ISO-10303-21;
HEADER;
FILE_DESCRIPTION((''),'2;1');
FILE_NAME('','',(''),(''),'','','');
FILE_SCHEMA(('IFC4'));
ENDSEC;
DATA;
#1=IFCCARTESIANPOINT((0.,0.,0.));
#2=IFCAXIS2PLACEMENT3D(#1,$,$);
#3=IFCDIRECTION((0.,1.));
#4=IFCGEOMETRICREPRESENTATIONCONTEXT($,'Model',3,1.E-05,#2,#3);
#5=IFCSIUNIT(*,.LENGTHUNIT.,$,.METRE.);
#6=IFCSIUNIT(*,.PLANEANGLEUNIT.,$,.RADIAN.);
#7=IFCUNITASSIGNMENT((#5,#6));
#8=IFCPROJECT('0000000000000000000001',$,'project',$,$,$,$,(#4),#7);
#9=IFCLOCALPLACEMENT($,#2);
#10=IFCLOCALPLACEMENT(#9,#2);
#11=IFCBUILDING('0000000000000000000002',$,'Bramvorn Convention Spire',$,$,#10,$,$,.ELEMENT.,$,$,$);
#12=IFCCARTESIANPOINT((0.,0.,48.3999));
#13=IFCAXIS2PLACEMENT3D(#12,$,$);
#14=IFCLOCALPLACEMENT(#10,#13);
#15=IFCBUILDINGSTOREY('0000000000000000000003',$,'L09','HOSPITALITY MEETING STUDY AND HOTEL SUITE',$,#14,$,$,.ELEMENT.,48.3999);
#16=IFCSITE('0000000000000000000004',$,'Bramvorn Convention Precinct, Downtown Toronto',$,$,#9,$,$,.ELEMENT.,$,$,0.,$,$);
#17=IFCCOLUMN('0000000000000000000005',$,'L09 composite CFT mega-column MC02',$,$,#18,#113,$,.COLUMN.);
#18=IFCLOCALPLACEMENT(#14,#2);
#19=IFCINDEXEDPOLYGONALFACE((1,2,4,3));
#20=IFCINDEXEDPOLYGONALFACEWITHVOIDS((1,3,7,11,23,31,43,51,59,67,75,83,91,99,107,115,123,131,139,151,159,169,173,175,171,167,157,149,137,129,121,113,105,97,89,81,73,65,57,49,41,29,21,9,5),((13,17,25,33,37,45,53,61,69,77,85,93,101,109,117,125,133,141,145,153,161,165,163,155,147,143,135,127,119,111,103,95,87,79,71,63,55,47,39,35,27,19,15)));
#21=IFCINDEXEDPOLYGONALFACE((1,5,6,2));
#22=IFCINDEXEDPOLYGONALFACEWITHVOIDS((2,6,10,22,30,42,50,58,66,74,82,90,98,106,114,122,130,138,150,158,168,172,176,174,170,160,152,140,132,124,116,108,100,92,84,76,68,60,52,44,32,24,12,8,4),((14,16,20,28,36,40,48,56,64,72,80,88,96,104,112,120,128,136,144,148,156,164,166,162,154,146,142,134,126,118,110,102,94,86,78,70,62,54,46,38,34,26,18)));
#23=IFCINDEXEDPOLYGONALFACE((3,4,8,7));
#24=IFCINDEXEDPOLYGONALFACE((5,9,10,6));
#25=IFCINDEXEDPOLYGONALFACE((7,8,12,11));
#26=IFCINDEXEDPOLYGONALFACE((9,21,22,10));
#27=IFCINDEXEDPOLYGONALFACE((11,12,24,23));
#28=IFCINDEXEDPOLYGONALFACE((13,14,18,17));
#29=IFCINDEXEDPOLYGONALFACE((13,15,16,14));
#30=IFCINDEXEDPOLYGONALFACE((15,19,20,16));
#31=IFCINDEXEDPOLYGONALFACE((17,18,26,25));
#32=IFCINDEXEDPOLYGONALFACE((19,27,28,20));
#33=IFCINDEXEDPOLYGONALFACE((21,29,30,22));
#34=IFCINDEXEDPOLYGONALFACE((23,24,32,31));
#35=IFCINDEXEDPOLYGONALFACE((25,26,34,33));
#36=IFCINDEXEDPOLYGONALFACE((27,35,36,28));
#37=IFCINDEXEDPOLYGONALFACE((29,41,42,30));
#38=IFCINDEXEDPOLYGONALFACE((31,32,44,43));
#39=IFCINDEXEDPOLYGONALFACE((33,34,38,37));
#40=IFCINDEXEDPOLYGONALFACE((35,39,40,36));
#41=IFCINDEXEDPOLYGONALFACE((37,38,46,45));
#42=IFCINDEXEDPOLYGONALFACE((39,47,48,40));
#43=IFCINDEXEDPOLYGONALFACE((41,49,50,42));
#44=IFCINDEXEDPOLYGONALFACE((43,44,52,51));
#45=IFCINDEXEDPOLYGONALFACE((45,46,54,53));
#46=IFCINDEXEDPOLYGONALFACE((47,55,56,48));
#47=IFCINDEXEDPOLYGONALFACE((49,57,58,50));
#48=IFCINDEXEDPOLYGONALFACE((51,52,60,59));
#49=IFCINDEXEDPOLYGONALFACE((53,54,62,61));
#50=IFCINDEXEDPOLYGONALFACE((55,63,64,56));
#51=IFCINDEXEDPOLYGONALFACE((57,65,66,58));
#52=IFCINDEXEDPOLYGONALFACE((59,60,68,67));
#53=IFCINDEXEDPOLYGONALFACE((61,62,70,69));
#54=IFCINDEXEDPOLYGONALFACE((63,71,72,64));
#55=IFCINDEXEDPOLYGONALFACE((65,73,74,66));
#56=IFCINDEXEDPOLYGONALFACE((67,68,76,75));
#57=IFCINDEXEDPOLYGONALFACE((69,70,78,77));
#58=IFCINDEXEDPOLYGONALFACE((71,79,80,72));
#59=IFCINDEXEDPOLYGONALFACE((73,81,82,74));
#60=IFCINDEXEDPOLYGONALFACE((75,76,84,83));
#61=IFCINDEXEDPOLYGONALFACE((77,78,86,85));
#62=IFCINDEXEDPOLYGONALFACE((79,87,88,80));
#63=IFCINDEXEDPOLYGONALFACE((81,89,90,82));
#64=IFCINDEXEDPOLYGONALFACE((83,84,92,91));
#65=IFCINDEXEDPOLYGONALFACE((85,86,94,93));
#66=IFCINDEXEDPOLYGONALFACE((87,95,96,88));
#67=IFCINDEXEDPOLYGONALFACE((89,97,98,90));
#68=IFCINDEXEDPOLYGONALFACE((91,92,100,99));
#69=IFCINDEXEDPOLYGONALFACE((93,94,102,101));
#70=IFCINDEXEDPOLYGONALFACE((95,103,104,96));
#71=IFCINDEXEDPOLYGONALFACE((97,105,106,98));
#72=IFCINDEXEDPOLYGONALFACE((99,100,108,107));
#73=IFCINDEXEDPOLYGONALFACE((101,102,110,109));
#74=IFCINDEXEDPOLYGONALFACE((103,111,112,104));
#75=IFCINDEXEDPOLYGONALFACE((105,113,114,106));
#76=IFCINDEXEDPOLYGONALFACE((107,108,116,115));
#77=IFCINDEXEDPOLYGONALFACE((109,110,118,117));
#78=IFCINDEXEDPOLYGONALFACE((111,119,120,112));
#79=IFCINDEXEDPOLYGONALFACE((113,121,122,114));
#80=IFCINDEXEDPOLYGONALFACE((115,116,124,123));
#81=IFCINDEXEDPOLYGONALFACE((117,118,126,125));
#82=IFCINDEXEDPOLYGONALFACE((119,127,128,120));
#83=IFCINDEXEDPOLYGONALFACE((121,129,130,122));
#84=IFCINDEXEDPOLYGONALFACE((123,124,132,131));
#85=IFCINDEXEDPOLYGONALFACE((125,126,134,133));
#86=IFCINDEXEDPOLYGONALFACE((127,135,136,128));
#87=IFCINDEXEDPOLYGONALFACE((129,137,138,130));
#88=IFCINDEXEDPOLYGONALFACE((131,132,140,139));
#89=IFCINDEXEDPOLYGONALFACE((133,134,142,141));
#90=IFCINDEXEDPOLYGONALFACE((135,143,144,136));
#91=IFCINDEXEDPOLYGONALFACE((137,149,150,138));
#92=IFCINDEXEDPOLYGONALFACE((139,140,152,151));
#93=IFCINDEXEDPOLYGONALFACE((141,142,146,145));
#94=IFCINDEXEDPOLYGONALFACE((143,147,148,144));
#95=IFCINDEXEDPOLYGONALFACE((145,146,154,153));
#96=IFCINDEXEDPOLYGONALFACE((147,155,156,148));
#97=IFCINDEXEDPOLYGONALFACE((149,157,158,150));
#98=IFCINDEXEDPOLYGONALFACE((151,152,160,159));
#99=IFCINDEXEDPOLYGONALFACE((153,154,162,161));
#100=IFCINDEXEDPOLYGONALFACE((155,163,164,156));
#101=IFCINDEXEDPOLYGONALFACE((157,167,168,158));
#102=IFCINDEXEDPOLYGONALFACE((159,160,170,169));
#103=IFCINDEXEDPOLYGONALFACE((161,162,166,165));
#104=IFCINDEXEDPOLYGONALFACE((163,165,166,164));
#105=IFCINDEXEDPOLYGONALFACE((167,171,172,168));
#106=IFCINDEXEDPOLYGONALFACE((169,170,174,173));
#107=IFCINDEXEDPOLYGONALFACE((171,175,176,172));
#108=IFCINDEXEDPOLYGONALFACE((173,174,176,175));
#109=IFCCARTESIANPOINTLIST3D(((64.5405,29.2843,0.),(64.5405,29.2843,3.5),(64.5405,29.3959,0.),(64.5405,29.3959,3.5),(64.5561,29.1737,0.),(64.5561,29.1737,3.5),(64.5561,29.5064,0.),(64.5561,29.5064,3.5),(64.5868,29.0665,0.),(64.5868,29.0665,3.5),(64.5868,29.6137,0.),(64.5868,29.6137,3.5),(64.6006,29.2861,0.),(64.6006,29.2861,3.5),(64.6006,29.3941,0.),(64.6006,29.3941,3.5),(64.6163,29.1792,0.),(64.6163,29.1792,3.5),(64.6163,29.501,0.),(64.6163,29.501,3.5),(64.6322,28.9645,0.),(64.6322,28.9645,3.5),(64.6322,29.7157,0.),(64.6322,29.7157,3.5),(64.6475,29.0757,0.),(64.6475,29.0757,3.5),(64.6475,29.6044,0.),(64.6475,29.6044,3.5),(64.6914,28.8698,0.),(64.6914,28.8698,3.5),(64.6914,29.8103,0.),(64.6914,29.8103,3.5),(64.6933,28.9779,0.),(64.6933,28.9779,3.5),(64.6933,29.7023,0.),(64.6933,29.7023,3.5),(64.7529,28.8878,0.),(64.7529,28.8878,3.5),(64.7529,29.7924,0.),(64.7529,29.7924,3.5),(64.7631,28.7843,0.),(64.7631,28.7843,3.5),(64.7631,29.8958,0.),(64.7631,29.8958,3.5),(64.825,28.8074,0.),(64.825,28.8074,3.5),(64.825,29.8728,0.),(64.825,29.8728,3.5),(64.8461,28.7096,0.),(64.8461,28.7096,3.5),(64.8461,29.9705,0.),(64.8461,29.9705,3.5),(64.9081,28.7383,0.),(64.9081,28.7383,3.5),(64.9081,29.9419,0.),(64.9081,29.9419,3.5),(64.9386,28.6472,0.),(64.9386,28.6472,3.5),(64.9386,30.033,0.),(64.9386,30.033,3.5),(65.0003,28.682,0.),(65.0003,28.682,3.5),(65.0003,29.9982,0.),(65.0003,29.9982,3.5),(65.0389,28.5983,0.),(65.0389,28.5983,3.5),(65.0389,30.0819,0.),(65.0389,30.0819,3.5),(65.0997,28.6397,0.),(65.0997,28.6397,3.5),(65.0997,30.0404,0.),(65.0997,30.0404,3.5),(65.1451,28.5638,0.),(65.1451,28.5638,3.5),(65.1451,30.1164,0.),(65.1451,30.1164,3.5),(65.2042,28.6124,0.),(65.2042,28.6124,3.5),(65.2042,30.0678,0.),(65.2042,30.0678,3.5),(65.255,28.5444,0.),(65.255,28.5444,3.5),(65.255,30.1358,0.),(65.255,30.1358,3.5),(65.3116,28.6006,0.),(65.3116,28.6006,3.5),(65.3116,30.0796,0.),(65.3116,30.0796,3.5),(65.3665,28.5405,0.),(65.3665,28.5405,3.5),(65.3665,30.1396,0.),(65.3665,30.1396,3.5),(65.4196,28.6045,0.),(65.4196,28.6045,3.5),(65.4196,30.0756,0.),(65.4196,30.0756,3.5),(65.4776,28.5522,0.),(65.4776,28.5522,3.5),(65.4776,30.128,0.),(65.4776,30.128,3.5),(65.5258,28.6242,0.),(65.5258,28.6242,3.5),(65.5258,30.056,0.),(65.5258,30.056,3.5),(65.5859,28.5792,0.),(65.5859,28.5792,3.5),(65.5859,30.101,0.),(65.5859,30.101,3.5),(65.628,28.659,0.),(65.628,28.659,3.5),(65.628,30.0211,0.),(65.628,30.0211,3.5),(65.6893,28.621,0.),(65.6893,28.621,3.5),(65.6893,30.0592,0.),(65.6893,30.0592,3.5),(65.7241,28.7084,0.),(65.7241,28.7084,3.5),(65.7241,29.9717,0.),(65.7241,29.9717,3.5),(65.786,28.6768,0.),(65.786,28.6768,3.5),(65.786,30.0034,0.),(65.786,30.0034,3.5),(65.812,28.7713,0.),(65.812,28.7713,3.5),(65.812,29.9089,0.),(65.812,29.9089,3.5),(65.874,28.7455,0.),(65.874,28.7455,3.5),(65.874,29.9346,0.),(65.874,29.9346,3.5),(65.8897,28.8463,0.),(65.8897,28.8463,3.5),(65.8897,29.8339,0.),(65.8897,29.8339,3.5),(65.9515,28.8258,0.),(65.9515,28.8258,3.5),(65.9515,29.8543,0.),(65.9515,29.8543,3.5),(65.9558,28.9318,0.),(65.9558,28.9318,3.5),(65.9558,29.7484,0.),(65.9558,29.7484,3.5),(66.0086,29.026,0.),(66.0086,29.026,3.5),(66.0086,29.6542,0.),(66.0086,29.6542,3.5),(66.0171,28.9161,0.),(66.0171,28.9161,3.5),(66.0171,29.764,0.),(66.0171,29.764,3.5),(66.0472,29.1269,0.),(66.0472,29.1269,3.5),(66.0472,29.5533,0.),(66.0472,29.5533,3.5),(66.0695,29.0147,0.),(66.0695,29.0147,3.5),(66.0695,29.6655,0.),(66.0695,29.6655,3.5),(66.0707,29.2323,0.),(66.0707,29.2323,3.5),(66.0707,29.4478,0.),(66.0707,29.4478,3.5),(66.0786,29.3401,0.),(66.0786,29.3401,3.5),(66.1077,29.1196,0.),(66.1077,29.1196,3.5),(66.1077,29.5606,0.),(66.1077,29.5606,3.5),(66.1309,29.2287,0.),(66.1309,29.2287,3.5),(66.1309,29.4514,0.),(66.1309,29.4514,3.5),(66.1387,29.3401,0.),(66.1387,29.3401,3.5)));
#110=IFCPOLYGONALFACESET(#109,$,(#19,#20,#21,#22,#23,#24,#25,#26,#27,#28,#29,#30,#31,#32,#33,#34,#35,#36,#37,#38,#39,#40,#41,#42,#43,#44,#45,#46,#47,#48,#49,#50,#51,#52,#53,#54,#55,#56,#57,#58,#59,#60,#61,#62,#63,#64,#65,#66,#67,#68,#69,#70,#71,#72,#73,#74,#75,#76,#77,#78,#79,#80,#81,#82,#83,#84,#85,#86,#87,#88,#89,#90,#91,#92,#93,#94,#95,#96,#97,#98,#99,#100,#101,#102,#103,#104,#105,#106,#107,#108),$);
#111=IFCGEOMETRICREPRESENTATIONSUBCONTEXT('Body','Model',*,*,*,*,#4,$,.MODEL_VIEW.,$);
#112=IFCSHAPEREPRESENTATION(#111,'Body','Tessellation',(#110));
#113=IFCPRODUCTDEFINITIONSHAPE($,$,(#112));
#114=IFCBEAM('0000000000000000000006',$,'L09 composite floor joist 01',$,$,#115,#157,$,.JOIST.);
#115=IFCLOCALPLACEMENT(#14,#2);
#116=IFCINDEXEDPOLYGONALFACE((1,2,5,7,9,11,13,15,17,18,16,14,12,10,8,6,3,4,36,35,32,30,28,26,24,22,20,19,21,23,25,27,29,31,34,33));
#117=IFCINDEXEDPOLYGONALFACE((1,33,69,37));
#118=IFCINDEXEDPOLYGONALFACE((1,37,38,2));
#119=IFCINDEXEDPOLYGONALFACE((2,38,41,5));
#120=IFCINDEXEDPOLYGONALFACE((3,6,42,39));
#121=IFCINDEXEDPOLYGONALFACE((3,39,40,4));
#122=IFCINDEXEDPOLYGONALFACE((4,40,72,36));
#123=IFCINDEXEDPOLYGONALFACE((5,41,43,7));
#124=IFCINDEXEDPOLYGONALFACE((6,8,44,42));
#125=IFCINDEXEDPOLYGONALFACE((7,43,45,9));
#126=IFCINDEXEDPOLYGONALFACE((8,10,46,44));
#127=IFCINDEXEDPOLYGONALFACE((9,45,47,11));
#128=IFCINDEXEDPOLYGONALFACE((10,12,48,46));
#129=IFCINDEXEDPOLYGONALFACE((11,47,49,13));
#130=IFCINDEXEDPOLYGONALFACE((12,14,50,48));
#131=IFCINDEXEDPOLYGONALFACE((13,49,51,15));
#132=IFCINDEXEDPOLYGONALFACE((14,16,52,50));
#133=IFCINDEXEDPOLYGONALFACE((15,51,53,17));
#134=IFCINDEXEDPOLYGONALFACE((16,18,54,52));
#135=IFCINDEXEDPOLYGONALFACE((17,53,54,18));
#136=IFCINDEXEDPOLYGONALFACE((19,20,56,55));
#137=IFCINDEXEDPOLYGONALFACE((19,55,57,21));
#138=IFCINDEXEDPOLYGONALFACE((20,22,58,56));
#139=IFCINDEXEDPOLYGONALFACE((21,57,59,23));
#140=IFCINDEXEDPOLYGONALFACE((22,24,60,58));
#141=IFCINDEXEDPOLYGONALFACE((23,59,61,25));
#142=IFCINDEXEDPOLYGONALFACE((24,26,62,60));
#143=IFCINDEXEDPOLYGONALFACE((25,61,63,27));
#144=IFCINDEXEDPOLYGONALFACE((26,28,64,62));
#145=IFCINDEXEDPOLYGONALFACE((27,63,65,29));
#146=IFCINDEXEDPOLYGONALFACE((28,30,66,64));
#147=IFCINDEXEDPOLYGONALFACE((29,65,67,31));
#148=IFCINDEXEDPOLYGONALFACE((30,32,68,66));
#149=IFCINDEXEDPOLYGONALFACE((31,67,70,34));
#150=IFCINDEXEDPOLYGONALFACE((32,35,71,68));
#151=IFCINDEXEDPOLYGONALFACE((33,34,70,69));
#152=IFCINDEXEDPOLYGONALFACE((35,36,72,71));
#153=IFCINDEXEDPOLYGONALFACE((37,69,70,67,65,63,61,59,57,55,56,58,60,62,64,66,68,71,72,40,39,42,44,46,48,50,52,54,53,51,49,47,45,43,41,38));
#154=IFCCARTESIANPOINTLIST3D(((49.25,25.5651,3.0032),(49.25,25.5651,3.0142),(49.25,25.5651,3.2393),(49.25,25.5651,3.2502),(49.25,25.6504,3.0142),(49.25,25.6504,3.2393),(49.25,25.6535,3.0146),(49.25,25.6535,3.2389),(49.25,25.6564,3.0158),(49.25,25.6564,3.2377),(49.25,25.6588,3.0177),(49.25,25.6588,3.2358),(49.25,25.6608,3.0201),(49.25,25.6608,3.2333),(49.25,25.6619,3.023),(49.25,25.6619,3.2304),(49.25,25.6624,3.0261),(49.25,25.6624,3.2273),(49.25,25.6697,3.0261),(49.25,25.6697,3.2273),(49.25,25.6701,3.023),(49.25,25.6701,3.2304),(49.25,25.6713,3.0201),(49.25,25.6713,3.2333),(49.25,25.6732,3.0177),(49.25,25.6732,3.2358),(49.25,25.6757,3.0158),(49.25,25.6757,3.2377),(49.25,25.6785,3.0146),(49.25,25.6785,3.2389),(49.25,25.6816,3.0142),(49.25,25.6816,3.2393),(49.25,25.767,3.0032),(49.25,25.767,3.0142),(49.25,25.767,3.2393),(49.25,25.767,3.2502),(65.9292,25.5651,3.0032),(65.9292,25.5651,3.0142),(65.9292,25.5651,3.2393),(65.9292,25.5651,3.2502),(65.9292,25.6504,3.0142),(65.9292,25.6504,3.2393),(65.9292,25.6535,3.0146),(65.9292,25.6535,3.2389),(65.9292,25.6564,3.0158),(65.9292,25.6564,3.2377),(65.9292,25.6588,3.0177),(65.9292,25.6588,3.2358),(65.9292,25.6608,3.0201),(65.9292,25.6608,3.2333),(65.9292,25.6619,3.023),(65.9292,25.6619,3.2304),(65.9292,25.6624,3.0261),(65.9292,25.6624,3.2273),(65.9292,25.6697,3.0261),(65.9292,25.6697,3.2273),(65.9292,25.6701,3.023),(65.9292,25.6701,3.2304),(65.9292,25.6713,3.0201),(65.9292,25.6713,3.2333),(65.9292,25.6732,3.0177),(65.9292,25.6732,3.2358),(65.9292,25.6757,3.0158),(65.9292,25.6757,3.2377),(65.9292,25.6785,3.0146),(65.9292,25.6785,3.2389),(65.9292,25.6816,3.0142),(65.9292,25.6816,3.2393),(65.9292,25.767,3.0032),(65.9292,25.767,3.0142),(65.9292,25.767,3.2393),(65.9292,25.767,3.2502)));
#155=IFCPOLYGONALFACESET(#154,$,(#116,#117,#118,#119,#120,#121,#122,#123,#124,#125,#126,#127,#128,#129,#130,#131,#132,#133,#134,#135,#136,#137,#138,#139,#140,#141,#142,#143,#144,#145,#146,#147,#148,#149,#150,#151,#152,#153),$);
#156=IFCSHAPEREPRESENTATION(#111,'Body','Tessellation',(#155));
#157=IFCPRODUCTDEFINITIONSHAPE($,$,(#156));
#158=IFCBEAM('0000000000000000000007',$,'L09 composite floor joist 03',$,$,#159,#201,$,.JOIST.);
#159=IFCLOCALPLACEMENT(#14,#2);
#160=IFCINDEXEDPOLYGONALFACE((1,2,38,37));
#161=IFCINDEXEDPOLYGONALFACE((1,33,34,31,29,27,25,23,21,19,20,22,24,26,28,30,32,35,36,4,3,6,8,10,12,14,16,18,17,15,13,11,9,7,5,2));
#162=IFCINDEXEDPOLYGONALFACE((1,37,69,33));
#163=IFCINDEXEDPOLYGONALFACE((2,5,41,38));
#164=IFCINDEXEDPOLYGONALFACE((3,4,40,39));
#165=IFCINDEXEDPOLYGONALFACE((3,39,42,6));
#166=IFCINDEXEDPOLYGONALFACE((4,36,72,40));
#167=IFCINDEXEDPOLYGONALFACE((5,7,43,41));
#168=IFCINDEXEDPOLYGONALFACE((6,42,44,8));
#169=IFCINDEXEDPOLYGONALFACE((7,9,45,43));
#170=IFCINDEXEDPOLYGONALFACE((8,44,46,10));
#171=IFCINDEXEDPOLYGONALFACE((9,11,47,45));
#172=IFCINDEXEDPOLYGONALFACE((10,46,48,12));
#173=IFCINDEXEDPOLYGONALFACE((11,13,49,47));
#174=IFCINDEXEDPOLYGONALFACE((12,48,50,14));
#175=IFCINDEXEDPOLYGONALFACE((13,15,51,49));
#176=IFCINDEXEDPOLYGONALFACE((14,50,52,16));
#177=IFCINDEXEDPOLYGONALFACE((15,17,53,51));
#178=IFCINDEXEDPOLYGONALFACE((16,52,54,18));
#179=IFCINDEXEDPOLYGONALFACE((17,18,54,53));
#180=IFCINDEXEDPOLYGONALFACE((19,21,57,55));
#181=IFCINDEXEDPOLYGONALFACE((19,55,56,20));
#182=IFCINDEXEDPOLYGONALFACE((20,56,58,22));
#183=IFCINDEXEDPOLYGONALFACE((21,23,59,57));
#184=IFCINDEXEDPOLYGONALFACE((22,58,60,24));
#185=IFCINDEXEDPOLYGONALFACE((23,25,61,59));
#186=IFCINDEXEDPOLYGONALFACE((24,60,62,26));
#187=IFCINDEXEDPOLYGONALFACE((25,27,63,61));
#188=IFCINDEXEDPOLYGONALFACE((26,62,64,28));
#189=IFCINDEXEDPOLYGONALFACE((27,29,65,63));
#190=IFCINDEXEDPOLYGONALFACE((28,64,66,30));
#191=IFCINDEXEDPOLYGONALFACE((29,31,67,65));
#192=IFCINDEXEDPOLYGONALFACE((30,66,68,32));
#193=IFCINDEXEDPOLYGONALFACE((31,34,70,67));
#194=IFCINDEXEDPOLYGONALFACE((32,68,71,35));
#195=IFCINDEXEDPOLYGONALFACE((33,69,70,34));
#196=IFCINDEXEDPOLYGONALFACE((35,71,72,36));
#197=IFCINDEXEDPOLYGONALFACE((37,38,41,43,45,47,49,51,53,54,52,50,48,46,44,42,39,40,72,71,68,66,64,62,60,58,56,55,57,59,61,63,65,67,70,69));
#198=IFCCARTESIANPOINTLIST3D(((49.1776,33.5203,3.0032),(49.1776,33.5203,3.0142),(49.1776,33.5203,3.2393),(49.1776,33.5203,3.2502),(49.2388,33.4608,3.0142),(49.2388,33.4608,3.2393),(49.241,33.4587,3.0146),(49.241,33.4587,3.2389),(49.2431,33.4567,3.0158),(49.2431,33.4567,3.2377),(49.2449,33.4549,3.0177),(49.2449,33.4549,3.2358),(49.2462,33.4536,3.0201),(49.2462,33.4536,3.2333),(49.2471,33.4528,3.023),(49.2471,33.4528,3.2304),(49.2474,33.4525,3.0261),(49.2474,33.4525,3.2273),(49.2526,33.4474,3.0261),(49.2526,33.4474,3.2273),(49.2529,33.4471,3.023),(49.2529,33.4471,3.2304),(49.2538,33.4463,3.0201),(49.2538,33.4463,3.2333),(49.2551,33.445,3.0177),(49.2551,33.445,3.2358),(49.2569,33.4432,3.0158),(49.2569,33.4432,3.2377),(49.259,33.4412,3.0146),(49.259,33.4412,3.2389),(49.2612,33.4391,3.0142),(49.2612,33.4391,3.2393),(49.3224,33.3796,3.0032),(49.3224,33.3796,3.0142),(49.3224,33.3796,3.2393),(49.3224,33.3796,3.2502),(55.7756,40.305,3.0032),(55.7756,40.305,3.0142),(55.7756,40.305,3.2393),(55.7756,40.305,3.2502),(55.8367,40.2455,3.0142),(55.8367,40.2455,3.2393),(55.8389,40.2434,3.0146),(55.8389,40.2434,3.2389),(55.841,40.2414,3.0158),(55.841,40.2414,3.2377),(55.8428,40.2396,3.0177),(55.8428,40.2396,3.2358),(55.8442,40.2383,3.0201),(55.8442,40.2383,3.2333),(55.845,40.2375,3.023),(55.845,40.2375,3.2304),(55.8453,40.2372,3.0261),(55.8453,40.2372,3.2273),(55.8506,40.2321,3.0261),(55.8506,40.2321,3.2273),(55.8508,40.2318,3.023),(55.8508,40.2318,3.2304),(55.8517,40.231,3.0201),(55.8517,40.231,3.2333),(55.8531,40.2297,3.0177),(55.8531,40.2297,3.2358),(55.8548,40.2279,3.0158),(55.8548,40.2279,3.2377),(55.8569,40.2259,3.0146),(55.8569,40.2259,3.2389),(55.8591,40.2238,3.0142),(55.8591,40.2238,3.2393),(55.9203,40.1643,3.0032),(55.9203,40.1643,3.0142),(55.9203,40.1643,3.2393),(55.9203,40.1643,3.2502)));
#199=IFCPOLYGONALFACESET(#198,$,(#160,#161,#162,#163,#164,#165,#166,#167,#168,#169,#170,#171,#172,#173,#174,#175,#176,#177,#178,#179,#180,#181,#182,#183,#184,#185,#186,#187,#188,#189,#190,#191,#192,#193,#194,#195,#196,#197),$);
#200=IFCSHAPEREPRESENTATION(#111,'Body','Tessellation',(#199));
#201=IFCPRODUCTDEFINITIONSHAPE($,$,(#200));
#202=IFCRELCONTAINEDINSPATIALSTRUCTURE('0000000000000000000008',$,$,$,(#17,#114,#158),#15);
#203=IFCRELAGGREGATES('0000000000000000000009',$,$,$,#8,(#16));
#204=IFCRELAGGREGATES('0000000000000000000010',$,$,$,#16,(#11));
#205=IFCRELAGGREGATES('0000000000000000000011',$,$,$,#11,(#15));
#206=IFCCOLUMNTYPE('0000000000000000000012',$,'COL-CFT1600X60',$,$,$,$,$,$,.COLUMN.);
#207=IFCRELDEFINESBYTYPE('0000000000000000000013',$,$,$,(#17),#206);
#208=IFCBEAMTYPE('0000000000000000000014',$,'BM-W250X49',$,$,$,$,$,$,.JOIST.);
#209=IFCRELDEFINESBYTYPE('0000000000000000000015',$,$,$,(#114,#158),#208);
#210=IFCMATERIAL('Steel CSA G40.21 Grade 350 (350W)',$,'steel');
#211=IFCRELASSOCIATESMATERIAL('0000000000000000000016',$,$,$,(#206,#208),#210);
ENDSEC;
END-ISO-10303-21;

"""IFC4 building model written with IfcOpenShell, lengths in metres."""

from ifc_helpers import new_model, si_unit, direction, frame, origin, origin_2d, place, context, subcontext, project, spatial, hollow_circle, i_section, extrude, material, material_profile, profile_set, type_object, element, save


model = new_model("IFC4")

# Units and contexts
model_context = context("Model", 3, precision=1e-05, world=origin(), true_north=direction((0.0, 1.0)))
body_context = subcontext(model_context, "Body", "Model", "MODEL_VIEW")
ifc_project = project(units=[si_unit("LENGTHUNIT", "METRE"), si_unit("PLANEANGLEUNIT", "RADIAN")], contexts=[model_context])

# Site, building, storey
site_placement = place(None, origin())
site = spatial("IfcSite", under=ifc_project, at=site_placement, Name="Bramvorn Convention Precinct, Downtown Toronto", CompositionType="ELEMENT", RefElevation=0.0)
building_placement = place(site_placement, origin())
building = spatial("IfcBuilding", under=site, at=building_placement, Name="Bramvorn Convention Spire", CompositionType="ELEMENT")
storey_placement = place(building_placement, frame((0.0, 0.0, 48.3999)))
storey = spatial("IfcBuildingStorey", under=building, at=storey_placement, Name="L09", Description="HOSPITALITY MEETING STUDY AND HOTEL SUITE", CompositionType="ELEMENT", Elevation=48.3999)

# Column
ifc_material_1 = material(Name="Steel CSA G40.21 Grade 350 (350W)", Category="steel")
ifc_material_profile_1 = material_profile(ifc_material_1, hollow_circle(Radius=0.8, WallThickness=0.0601, at=origin_2d()))
ifc_profile_set_1 = profile_set([ifc_material_profile_1], Name="Steel CSA G40.21 Grade 350 (350W) - CFT1600X60")
column_type = type_object("IfcColumnType", Name="COL-CFT1600X60", PredefinedType="COLUMN", material=ifc_profile_set_1)
column_placement = place(storey_placement, frame((65.3386, 29.3401, 0.0), z_axis=(0.0, 0.0, 1.0), x_axis=(1.0, 0.0, 0.0)))
element("IfcColumn", 1, at=column_placement, inside=storey, type_object=column_type, Name="L09 composite CFT mega-column MC02", PredefinedType="COLUMN", context=body_context, shape_type="SweptSolid", body=[
    extrude(hollow_circle(Radius=0.8, WallThickness=0.0601, at=origin_2d()), origin(), (0.0, 0.0, 1.0), 3.5),
])

# Beams
ifc_material_profile_2 = material_profile(ifc_material_1, i_section(OverallWidth=0.2019, OverallDepth=0.2471, WebThickness=0.0073, FlangeThickness=0.011, FilletRadius=0.012, at=origin_2d()))
ifc_profile_set_2 = profile_set([ifc_material_profile_2], Name="Steel CSA G40.21 Grade 350 (350W) - W250X49")
beam_type_1 = type_object("IfcBeamType", Name="BM-W250X49", PredefinedType="JOIST", material=ifc_profile_set_2)
beam_1_placement = place(storey_placement, frame((49.25, 25.666, 3.1267), z_axis=(1.0, 0.0, 0.0), x_axis=(0.0, 1.0, 0.0)))
element("IfcBeam", 2, at=beam_1_placement, inside=storey, type_object=beam_type_1, Name="L09 composite floor joist 01", PredefinedType="JOIST", context=body_context, shape_type="SweptSolid", body=[
    extrude(i_section(OverallWidth=0.2019, OverallDepth=0.2471, WebThickness=0.0073, FlangeThickness=0.011, FilletRadius=0.012, at=origin_2d()), origin(), (0.0, 0.0, 1.0), 16.6792),
])
beam_2_placement = place(storey_placement, frame((49.25, 33.45, 3.1267), z_axis=(0.69717, 0.716905, 0.0), x_axis=(-0.716905, 0.69717, 0.0)))
element("IfcBeam", 3, at=beam_2_placement, inside=storey, type_object=beam_type_1, Name="L09 composite floor joist 03", PredefinedType="JOIST", context=body_context, shape_type="SweptSolid", body=[
    extrude(i_section(OverallWidth=0.2019, OverallDepth=0.2471, WebThickness=0.0073, FlangeThickness=0.011, FilletRadius=0.012, at=origin_2d()), origin(), (0.0, 0.0, 1.0), 9.4639),
])

save(model, "model.ifc")
